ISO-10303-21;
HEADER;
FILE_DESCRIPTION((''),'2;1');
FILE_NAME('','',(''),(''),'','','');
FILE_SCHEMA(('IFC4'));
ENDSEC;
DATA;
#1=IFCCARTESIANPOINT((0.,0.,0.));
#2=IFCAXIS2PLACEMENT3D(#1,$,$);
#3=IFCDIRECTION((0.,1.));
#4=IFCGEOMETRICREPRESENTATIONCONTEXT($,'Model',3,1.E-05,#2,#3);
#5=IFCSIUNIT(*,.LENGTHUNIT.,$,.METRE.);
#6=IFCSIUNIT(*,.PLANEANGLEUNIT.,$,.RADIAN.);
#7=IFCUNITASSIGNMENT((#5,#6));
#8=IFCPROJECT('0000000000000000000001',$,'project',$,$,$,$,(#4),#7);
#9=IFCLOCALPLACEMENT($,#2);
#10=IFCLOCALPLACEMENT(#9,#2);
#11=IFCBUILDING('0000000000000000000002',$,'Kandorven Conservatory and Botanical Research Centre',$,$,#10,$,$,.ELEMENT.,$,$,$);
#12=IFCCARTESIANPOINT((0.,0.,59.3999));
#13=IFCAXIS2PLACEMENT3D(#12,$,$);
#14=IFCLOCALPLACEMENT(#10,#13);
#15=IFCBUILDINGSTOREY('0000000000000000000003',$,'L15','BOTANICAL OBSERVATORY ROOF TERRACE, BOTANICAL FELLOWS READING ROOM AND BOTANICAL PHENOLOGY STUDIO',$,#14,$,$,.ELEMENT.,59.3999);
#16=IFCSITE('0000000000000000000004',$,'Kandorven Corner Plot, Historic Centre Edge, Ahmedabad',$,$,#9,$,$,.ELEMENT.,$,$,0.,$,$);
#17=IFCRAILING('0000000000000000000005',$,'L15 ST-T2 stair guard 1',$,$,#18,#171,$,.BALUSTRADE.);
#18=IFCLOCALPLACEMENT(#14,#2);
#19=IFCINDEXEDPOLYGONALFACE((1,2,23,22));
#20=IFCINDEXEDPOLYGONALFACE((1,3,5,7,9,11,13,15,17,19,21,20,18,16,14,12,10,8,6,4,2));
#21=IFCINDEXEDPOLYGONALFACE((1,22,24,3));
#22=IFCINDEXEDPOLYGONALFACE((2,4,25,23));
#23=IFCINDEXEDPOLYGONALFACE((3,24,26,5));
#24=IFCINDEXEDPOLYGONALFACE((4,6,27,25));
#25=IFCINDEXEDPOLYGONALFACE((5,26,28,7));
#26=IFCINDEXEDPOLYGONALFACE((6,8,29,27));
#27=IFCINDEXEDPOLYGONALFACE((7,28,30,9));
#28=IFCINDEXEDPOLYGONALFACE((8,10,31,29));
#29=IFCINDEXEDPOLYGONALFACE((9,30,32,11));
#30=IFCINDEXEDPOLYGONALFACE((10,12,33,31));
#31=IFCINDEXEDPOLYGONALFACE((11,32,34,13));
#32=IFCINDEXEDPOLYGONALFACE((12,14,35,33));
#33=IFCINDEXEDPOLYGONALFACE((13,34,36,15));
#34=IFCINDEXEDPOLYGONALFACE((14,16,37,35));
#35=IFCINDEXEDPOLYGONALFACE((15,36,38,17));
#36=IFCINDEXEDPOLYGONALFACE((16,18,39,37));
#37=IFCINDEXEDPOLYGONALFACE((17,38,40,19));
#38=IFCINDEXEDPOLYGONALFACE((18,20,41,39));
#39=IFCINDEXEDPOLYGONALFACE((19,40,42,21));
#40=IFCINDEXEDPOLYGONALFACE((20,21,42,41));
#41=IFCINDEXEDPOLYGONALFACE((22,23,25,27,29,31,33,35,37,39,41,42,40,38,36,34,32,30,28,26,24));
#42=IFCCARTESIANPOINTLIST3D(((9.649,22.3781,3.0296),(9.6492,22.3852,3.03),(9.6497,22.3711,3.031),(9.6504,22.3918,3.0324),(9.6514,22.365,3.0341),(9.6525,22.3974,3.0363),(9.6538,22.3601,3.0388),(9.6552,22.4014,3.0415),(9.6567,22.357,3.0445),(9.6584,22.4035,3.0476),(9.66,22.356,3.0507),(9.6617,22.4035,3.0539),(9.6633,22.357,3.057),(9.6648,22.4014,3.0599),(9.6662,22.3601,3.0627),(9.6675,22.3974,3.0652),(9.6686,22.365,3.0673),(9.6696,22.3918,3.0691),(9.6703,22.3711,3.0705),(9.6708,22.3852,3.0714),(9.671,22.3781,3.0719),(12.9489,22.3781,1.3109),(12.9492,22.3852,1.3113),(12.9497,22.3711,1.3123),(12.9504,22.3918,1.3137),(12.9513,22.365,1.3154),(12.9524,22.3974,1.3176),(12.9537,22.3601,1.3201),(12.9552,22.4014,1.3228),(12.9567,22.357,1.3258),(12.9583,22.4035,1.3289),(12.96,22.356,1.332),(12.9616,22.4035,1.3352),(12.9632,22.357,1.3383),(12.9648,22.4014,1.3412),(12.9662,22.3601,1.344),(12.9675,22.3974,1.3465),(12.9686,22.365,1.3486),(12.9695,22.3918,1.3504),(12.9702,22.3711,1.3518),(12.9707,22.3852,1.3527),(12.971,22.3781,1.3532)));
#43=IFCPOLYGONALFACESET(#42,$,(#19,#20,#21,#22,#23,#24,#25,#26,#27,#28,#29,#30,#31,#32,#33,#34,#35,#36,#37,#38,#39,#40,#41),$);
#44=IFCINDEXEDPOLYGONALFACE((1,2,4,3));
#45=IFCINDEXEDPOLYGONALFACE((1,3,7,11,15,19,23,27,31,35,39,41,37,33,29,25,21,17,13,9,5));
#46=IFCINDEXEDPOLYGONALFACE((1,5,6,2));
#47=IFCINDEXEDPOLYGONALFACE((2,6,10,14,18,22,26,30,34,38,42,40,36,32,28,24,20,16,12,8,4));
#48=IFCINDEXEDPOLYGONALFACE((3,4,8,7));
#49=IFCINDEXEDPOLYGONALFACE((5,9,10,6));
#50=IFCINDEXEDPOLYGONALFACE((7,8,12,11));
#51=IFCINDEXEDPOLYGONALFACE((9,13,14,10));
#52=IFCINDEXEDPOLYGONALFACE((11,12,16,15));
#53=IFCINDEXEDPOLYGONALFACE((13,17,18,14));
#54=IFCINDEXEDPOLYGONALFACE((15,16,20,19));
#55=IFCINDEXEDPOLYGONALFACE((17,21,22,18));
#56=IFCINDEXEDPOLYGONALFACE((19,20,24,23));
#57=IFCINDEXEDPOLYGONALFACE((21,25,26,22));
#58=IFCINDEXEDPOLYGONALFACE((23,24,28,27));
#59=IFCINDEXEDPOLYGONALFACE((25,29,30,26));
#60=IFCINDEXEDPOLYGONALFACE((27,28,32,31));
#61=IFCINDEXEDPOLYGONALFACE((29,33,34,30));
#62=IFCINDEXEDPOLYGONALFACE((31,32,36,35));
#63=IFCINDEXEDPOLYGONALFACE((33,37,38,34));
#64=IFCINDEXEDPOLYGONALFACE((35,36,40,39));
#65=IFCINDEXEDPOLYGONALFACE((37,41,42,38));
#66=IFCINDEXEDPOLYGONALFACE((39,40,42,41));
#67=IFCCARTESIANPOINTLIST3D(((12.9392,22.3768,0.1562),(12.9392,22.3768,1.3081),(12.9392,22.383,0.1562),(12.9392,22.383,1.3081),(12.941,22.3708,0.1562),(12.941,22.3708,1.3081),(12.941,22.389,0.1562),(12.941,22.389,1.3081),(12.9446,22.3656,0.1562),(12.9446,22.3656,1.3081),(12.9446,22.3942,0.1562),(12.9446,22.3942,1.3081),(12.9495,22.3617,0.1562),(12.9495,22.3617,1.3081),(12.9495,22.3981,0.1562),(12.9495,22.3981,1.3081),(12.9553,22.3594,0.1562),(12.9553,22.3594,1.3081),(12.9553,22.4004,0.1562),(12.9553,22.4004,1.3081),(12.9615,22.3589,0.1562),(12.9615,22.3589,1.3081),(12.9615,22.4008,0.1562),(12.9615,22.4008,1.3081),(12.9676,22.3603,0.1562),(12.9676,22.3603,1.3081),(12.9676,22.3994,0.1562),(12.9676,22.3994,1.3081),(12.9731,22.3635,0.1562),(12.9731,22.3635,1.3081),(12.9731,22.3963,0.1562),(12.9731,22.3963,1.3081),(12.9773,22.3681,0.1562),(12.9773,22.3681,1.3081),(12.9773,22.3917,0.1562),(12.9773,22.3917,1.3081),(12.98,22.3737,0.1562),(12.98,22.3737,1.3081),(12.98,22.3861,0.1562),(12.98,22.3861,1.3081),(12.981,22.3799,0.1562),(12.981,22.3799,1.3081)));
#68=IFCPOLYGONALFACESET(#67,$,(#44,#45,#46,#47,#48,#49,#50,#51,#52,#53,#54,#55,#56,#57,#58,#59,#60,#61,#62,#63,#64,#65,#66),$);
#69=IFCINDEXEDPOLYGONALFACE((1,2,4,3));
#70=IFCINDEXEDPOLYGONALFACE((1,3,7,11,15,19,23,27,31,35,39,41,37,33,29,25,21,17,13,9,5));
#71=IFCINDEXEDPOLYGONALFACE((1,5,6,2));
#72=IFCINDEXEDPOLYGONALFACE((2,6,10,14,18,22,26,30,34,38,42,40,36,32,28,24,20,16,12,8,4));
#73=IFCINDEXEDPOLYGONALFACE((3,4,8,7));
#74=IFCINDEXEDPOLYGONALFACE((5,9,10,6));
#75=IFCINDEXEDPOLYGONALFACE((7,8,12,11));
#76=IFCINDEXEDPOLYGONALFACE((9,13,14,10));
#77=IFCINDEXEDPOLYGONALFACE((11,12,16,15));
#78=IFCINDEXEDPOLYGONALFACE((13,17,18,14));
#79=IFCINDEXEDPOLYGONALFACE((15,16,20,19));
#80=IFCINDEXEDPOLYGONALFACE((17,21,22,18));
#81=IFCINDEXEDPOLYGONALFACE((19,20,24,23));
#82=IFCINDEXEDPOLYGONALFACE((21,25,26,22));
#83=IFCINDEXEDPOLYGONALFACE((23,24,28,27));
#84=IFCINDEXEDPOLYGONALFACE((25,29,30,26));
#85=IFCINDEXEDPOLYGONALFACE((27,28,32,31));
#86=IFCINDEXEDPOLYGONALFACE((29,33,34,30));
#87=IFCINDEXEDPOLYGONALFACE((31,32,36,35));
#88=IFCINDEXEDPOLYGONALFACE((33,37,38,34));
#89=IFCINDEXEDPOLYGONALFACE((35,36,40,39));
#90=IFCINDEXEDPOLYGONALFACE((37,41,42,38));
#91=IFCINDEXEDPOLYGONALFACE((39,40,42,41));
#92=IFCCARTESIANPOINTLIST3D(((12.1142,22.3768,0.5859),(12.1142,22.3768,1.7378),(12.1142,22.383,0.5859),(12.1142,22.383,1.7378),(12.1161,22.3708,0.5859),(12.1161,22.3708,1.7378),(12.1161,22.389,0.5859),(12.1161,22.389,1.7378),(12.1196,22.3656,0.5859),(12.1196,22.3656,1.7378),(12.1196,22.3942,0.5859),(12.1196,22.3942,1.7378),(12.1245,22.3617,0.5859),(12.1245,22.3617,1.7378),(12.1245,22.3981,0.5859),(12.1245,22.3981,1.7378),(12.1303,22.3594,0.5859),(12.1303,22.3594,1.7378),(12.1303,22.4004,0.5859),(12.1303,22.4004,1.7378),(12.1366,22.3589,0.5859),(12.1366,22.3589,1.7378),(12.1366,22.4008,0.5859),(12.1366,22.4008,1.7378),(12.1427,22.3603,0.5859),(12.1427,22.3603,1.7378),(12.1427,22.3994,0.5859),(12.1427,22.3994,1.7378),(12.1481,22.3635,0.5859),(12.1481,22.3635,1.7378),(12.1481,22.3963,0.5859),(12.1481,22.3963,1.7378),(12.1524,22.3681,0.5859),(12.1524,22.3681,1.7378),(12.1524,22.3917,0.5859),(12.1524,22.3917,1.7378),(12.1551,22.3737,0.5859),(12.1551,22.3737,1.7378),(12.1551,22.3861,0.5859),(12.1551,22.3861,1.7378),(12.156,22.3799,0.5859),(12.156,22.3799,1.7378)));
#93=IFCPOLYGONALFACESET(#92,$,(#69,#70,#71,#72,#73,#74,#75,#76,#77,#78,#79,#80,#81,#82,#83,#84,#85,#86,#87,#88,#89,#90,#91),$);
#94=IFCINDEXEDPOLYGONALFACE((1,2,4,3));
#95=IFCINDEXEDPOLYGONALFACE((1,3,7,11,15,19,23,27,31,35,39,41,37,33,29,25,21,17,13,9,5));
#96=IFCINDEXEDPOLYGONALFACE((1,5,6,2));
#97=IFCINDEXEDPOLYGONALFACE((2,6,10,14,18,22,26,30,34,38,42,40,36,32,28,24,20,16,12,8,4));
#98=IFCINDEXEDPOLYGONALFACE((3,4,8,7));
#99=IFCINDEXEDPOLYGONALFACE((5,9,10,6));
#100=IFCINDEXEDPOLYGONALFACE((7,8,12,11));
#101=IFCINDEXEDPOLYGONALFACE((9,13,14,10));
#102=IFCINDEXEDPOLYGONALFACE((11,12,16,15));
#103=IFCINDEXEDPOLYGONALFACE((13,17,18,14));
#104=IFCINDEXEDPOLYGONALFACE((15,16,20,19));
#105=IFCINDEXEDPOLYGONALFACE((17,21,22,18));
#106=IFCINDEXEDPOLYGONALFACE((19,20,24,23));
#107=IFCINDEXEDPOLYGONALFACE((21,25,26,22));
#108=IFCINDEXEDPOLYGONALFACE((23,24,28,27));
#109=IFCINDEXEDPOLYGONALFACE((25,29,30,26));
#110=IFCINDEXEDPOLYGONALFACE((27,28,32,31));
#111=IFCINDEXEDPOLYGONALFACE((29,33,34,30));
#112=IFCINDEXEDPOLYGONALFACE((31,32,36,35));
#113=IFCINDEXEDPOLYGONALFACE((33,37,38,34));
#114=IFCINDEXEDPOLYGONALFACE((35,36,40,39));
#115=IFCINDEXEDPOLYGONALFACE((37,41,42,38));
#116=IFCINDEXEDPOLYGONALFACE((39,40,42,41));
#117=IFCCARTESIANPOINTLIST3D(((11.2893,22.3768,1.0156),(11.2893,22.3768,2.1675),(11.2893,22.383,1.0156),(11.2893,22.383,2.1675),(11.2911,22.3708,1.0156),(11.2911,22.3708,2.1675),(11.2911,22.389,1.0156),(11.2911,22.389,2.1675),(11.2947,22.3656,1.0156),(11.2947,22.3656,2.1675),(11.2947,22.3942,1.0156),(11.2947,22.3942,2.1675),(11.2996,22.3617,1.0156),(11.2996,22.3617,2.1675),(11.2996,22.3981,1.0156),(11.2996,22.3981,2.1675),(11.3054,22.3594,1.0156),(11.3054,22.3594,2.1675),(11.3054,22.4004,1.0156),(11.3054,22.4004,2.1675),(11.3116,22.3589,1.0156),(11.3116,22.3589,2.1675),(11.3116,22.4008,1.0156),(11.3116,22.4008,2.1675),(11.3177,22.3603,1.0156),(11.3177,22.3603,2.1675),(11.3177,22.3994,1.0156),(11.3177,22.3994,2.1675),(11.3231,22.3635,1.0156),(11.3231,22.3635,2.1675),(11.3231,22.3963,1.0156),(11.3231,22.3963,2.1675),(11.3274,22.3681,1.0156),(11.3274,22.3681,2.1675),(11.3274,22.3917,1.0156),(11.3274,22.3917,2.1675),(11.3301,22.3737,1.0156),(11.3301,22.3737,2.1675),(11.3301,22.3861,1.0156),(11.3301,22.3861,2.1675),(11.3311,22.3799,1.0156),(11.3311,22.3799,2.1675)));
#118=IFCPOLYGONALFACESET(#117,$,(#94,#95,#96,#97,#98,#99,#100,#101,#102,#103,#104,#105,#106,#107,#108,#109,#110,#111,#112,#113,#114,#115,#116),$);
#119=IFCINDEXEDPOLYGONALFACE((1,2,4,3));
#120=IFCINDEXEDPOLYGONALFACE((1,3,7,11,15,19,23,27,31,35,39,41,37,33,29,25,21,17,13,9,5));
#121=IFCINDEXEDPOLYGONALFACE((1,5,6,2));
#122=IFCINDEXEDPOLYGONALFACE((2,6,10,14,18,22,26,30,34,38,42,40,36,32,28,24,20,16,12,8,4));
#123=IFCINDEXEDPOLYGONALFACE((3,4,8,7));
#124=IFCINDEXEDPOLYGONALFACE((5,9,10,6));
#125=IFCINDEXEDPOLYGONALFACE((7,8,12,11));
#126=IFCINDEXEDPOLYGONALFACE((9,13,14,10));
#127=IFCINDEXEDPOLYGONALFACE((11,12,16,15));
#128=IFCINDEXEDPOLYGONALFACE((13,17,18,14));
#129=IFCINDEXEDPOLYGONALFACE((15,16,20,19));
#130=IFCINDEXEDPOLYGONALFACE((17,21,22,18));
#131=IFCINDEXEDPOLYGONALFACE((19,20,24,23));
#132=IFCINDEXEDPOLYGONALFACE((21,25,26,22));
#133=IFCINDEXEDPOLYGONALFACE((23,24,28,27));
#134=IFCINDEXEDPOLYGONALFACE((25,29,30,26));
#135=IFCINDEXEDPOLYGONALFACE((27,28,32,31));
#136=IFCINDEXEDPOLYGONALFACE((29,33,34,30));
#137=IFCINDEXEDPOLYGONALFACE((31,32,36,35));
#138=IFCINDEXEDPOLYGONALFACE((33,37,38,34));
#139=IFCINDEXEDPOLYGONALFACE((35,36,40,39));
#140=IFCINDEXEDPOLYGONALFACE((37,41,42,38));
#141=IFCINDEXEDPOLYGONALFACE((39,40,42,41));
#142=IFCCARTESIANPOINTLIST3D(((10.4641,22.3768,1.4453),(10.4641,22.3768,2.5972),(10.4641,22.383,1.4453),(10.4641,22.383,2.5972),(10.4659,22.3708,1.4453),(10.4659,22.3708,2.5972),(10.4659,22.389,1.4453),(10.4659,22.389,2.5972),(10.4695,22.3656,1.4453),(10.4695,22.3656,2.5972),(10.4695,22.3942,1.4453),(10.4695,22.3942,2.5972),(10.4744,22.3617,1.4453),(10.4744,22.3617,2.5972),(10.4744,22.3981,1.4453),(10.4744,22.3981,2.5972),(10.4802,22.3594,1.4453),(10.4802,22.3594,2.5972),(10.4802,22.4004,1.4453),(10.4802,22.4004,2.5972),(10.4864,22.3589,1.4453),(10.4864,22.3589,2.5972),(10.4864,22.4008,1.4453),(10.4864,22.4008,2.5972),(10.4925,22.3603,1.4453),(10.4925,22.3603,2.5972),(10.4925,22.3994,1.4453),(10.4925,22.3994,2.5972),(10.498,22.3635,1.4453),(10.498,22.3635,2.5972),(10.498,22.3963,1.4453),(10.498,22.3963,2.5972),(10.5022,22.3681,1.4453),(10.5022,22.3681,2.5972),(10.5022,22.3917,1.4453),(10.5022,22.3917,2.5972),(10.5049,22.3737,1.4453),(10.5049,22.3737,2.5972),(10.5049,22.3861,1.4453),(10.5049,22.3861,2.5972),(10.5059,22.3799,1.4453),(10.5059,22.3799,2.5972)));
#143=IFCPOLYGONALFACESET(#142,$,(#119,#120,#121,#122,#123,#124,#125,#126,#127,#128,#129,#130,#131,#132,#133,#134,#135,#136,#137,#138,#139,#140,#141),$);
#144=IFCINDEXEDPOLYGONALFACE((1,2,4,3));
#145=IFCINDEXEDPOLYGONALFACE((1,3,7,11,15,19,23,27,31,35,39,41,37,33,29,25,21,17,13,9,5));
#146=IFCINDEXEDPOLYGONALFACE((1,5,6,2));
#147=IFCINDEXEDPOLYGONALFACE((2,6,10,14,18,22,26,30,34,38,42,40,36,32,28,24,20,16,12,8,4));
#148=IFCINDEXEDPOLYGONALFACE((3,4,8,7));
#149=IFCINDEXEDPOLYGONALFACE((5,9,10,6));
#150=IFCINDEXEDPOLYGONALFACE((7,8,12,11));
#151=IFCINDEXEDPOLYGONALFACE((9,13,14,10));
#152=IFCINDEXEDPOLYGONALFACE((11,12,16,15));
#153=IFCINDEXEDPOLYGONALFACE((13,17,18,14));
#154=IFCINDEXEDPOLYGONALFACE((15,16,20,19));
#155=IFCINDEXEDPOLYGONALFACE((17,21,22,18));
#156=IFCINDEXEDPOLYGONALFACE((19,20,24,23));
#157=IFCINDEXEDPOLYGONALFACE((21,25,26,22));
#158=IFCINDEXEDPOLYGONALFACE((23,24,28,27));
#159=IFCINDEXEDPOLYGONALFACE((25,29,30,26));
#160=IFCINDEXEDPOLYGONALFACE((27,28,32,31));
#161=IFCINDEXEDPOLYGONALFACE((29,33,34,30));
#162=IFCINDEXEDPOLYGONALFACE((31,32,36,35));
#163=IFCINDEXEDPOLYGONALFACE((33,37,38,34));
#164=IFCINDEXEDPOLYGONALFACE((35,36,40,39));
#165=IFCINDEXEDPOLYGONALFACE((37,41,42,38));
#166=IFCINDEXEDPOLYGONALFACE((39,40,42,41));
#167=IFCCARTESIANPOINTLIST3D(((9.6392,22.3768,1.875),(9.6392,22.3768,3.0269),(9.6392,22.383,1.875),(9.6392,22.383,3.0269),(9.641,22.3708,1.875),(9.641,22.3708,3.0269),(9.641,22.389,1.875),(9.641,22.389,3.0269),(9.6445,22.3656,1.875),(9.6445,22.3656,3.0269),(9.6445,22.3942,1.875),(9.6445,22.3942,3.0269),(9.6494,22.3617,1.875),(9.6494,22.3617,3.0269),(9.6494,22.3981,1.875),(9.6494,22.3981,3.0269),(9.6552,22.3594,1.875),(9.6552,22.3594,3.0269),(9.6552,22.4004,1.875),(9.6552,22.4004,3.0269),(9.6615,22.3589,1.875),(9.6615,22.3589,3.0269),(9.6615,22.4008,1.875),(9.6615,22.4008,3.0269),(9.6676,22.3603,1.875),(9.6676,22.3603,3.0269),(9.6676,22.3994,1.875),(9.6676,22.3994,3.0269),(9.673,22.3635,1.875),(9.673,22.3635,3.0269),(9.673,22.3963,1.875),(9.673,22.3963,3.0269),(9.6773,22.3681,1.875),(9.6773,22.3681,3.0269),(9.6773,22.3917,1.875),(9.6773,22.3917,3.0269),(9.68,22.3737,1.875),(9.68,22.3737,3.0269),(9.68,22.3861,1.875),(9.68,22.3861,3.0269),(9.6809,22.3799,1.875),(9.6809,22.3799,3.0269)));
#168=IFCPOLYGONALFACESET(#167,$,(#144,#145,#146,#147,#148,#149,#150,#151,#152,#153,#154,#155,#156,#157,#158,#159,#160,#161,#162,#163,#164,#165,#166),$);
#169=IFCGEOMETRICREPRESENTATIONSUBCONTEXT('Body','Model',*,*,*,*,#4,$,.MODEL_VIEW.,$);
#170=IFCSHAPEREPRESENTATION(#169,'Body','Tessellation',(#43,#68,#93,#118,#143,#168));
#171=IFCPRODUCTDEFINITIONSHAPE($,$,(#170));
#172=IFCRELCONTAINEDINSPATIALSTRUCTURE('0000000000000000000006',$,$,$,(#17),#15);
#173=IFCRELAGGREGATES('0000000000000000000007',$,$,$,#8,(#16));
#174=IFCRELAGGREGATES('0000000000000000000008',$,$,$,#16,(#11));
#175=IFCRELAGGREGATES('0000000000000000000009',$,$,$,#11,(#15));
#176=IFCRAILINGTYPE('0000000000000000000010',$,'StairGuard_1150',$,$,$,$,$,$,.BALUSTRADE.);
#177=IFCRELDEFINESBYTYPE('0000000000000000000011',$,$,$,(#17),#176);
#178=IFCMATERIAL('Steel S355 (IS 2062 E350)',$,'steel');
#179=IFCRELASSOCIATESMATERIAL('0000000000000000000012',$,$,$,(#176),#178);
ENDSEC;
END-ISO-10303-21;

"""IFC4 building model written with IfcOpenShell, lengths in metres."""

from ifc_helpers import new_model, si_unit, direction, frame, origin, origin_2d, place, context, subcontext, project, spatial, circle, extrude, material, type_object, element, save


model = new_model("IFC4")

# Units and contexts
model_context = context("Model", 3, precision=1e-05, world=origin(), true_north=direction((0.0, 1.0)))
body_context = subcontext(model_context, "Body", "Model", "MODEL_VIEW")
ifc_project = project(units=[si_unit("LENGTHUNIT", "METRE"), si_unit("PLANEANGLEUNIT", "RADIAN")], contexts=[model_context])

# Site, building, storey
site_placement = place(None, origin())
site = spatial("IfcSite", under=ifc_project, at=site_placement, Name="Kandorven Corner Plot, Historic Centre Edge, Ahmedabad", CompositionType="ELEMENT", RefElevation=0.0)
building_placement = place(site_placement, origin())
building = spatial("IfcBuilding", under=site, at=building_placement, Name="Kandorven Conservatory and Botanical Research Centre", CompositionType="ELEMENT")
storey_placement = place(building_placement, frame((0.0, 0.0, 59.3999)))
storey = spatial("IfcBuildingStorey", under=building, at=storey_placement, Name="L15", Description="BOTANICAL OBSERVATORY ROOF TERRACE, BOTANICAL FELLOWS READING ROOM AND BOTANICAL PHENOLOGY STUDIO", CompositionType="ELEMENT", Elevation=59.3999)

# Railing
ifc_material_1 = material(Name="Steel S355 (IS 2062 E350)", Category="steel")
railing_type_1 = type_object("IfcRailingType", Name="StairGuard_1150", PredefinedType="BALUSTRADE", material=ifc_material_1)
railing_1_placement = place(storey_placement, frame((12.96, 22.3799, 0.1562)))
element("IfcRailing", 1, at=railing_1_placement, inside=storey, type_object=railing_type_1, Name="L15 ST-T2 stair guard 1", PredefinedType="BALUSTRADE", context=body_context, shape_type="SweptSolid", body=[
    extrude(circle(Radius=0.0239, at=origin_2d()), frame((0.0, 0.0, 1.1758), z_axis=(-0.886917, 0.0, 0.461929), x_axis=(0.0, -1.0, 0.0)), (0.0, 0.0, 1.0), 3.7207),
    extrude(circle(Radius=0.021, at=origin_2d()), origin(), (0.0, 0.0, 1.0), 1.1519),
    extrude(circle(Radius=0.021, at=origin_2d()), frame((-0.825, 0.0, 0.4297)), (0.0, 0.0, 1.0), 1.1519),
    extrude(circle(Radius=0.021, at=origin_2d()), frame((-1.6499, 0.0, 0.8594)), (0.0, 0.0, 1.0), 1.1519),
    extrude(circle(Radius=0.021, at=origin_2d()), frame((-2.4751, 0.0, 1.2891)), (0.0, 0.0, 1.0), 1.1519),
    extrude(circle(Radius=0.021, at=origin_2d()), frame((-3.3, 0.0, 1.7188)), (0.0, 0.0, 1.0), 1.1519),
])

save(model, "model.ifc")
